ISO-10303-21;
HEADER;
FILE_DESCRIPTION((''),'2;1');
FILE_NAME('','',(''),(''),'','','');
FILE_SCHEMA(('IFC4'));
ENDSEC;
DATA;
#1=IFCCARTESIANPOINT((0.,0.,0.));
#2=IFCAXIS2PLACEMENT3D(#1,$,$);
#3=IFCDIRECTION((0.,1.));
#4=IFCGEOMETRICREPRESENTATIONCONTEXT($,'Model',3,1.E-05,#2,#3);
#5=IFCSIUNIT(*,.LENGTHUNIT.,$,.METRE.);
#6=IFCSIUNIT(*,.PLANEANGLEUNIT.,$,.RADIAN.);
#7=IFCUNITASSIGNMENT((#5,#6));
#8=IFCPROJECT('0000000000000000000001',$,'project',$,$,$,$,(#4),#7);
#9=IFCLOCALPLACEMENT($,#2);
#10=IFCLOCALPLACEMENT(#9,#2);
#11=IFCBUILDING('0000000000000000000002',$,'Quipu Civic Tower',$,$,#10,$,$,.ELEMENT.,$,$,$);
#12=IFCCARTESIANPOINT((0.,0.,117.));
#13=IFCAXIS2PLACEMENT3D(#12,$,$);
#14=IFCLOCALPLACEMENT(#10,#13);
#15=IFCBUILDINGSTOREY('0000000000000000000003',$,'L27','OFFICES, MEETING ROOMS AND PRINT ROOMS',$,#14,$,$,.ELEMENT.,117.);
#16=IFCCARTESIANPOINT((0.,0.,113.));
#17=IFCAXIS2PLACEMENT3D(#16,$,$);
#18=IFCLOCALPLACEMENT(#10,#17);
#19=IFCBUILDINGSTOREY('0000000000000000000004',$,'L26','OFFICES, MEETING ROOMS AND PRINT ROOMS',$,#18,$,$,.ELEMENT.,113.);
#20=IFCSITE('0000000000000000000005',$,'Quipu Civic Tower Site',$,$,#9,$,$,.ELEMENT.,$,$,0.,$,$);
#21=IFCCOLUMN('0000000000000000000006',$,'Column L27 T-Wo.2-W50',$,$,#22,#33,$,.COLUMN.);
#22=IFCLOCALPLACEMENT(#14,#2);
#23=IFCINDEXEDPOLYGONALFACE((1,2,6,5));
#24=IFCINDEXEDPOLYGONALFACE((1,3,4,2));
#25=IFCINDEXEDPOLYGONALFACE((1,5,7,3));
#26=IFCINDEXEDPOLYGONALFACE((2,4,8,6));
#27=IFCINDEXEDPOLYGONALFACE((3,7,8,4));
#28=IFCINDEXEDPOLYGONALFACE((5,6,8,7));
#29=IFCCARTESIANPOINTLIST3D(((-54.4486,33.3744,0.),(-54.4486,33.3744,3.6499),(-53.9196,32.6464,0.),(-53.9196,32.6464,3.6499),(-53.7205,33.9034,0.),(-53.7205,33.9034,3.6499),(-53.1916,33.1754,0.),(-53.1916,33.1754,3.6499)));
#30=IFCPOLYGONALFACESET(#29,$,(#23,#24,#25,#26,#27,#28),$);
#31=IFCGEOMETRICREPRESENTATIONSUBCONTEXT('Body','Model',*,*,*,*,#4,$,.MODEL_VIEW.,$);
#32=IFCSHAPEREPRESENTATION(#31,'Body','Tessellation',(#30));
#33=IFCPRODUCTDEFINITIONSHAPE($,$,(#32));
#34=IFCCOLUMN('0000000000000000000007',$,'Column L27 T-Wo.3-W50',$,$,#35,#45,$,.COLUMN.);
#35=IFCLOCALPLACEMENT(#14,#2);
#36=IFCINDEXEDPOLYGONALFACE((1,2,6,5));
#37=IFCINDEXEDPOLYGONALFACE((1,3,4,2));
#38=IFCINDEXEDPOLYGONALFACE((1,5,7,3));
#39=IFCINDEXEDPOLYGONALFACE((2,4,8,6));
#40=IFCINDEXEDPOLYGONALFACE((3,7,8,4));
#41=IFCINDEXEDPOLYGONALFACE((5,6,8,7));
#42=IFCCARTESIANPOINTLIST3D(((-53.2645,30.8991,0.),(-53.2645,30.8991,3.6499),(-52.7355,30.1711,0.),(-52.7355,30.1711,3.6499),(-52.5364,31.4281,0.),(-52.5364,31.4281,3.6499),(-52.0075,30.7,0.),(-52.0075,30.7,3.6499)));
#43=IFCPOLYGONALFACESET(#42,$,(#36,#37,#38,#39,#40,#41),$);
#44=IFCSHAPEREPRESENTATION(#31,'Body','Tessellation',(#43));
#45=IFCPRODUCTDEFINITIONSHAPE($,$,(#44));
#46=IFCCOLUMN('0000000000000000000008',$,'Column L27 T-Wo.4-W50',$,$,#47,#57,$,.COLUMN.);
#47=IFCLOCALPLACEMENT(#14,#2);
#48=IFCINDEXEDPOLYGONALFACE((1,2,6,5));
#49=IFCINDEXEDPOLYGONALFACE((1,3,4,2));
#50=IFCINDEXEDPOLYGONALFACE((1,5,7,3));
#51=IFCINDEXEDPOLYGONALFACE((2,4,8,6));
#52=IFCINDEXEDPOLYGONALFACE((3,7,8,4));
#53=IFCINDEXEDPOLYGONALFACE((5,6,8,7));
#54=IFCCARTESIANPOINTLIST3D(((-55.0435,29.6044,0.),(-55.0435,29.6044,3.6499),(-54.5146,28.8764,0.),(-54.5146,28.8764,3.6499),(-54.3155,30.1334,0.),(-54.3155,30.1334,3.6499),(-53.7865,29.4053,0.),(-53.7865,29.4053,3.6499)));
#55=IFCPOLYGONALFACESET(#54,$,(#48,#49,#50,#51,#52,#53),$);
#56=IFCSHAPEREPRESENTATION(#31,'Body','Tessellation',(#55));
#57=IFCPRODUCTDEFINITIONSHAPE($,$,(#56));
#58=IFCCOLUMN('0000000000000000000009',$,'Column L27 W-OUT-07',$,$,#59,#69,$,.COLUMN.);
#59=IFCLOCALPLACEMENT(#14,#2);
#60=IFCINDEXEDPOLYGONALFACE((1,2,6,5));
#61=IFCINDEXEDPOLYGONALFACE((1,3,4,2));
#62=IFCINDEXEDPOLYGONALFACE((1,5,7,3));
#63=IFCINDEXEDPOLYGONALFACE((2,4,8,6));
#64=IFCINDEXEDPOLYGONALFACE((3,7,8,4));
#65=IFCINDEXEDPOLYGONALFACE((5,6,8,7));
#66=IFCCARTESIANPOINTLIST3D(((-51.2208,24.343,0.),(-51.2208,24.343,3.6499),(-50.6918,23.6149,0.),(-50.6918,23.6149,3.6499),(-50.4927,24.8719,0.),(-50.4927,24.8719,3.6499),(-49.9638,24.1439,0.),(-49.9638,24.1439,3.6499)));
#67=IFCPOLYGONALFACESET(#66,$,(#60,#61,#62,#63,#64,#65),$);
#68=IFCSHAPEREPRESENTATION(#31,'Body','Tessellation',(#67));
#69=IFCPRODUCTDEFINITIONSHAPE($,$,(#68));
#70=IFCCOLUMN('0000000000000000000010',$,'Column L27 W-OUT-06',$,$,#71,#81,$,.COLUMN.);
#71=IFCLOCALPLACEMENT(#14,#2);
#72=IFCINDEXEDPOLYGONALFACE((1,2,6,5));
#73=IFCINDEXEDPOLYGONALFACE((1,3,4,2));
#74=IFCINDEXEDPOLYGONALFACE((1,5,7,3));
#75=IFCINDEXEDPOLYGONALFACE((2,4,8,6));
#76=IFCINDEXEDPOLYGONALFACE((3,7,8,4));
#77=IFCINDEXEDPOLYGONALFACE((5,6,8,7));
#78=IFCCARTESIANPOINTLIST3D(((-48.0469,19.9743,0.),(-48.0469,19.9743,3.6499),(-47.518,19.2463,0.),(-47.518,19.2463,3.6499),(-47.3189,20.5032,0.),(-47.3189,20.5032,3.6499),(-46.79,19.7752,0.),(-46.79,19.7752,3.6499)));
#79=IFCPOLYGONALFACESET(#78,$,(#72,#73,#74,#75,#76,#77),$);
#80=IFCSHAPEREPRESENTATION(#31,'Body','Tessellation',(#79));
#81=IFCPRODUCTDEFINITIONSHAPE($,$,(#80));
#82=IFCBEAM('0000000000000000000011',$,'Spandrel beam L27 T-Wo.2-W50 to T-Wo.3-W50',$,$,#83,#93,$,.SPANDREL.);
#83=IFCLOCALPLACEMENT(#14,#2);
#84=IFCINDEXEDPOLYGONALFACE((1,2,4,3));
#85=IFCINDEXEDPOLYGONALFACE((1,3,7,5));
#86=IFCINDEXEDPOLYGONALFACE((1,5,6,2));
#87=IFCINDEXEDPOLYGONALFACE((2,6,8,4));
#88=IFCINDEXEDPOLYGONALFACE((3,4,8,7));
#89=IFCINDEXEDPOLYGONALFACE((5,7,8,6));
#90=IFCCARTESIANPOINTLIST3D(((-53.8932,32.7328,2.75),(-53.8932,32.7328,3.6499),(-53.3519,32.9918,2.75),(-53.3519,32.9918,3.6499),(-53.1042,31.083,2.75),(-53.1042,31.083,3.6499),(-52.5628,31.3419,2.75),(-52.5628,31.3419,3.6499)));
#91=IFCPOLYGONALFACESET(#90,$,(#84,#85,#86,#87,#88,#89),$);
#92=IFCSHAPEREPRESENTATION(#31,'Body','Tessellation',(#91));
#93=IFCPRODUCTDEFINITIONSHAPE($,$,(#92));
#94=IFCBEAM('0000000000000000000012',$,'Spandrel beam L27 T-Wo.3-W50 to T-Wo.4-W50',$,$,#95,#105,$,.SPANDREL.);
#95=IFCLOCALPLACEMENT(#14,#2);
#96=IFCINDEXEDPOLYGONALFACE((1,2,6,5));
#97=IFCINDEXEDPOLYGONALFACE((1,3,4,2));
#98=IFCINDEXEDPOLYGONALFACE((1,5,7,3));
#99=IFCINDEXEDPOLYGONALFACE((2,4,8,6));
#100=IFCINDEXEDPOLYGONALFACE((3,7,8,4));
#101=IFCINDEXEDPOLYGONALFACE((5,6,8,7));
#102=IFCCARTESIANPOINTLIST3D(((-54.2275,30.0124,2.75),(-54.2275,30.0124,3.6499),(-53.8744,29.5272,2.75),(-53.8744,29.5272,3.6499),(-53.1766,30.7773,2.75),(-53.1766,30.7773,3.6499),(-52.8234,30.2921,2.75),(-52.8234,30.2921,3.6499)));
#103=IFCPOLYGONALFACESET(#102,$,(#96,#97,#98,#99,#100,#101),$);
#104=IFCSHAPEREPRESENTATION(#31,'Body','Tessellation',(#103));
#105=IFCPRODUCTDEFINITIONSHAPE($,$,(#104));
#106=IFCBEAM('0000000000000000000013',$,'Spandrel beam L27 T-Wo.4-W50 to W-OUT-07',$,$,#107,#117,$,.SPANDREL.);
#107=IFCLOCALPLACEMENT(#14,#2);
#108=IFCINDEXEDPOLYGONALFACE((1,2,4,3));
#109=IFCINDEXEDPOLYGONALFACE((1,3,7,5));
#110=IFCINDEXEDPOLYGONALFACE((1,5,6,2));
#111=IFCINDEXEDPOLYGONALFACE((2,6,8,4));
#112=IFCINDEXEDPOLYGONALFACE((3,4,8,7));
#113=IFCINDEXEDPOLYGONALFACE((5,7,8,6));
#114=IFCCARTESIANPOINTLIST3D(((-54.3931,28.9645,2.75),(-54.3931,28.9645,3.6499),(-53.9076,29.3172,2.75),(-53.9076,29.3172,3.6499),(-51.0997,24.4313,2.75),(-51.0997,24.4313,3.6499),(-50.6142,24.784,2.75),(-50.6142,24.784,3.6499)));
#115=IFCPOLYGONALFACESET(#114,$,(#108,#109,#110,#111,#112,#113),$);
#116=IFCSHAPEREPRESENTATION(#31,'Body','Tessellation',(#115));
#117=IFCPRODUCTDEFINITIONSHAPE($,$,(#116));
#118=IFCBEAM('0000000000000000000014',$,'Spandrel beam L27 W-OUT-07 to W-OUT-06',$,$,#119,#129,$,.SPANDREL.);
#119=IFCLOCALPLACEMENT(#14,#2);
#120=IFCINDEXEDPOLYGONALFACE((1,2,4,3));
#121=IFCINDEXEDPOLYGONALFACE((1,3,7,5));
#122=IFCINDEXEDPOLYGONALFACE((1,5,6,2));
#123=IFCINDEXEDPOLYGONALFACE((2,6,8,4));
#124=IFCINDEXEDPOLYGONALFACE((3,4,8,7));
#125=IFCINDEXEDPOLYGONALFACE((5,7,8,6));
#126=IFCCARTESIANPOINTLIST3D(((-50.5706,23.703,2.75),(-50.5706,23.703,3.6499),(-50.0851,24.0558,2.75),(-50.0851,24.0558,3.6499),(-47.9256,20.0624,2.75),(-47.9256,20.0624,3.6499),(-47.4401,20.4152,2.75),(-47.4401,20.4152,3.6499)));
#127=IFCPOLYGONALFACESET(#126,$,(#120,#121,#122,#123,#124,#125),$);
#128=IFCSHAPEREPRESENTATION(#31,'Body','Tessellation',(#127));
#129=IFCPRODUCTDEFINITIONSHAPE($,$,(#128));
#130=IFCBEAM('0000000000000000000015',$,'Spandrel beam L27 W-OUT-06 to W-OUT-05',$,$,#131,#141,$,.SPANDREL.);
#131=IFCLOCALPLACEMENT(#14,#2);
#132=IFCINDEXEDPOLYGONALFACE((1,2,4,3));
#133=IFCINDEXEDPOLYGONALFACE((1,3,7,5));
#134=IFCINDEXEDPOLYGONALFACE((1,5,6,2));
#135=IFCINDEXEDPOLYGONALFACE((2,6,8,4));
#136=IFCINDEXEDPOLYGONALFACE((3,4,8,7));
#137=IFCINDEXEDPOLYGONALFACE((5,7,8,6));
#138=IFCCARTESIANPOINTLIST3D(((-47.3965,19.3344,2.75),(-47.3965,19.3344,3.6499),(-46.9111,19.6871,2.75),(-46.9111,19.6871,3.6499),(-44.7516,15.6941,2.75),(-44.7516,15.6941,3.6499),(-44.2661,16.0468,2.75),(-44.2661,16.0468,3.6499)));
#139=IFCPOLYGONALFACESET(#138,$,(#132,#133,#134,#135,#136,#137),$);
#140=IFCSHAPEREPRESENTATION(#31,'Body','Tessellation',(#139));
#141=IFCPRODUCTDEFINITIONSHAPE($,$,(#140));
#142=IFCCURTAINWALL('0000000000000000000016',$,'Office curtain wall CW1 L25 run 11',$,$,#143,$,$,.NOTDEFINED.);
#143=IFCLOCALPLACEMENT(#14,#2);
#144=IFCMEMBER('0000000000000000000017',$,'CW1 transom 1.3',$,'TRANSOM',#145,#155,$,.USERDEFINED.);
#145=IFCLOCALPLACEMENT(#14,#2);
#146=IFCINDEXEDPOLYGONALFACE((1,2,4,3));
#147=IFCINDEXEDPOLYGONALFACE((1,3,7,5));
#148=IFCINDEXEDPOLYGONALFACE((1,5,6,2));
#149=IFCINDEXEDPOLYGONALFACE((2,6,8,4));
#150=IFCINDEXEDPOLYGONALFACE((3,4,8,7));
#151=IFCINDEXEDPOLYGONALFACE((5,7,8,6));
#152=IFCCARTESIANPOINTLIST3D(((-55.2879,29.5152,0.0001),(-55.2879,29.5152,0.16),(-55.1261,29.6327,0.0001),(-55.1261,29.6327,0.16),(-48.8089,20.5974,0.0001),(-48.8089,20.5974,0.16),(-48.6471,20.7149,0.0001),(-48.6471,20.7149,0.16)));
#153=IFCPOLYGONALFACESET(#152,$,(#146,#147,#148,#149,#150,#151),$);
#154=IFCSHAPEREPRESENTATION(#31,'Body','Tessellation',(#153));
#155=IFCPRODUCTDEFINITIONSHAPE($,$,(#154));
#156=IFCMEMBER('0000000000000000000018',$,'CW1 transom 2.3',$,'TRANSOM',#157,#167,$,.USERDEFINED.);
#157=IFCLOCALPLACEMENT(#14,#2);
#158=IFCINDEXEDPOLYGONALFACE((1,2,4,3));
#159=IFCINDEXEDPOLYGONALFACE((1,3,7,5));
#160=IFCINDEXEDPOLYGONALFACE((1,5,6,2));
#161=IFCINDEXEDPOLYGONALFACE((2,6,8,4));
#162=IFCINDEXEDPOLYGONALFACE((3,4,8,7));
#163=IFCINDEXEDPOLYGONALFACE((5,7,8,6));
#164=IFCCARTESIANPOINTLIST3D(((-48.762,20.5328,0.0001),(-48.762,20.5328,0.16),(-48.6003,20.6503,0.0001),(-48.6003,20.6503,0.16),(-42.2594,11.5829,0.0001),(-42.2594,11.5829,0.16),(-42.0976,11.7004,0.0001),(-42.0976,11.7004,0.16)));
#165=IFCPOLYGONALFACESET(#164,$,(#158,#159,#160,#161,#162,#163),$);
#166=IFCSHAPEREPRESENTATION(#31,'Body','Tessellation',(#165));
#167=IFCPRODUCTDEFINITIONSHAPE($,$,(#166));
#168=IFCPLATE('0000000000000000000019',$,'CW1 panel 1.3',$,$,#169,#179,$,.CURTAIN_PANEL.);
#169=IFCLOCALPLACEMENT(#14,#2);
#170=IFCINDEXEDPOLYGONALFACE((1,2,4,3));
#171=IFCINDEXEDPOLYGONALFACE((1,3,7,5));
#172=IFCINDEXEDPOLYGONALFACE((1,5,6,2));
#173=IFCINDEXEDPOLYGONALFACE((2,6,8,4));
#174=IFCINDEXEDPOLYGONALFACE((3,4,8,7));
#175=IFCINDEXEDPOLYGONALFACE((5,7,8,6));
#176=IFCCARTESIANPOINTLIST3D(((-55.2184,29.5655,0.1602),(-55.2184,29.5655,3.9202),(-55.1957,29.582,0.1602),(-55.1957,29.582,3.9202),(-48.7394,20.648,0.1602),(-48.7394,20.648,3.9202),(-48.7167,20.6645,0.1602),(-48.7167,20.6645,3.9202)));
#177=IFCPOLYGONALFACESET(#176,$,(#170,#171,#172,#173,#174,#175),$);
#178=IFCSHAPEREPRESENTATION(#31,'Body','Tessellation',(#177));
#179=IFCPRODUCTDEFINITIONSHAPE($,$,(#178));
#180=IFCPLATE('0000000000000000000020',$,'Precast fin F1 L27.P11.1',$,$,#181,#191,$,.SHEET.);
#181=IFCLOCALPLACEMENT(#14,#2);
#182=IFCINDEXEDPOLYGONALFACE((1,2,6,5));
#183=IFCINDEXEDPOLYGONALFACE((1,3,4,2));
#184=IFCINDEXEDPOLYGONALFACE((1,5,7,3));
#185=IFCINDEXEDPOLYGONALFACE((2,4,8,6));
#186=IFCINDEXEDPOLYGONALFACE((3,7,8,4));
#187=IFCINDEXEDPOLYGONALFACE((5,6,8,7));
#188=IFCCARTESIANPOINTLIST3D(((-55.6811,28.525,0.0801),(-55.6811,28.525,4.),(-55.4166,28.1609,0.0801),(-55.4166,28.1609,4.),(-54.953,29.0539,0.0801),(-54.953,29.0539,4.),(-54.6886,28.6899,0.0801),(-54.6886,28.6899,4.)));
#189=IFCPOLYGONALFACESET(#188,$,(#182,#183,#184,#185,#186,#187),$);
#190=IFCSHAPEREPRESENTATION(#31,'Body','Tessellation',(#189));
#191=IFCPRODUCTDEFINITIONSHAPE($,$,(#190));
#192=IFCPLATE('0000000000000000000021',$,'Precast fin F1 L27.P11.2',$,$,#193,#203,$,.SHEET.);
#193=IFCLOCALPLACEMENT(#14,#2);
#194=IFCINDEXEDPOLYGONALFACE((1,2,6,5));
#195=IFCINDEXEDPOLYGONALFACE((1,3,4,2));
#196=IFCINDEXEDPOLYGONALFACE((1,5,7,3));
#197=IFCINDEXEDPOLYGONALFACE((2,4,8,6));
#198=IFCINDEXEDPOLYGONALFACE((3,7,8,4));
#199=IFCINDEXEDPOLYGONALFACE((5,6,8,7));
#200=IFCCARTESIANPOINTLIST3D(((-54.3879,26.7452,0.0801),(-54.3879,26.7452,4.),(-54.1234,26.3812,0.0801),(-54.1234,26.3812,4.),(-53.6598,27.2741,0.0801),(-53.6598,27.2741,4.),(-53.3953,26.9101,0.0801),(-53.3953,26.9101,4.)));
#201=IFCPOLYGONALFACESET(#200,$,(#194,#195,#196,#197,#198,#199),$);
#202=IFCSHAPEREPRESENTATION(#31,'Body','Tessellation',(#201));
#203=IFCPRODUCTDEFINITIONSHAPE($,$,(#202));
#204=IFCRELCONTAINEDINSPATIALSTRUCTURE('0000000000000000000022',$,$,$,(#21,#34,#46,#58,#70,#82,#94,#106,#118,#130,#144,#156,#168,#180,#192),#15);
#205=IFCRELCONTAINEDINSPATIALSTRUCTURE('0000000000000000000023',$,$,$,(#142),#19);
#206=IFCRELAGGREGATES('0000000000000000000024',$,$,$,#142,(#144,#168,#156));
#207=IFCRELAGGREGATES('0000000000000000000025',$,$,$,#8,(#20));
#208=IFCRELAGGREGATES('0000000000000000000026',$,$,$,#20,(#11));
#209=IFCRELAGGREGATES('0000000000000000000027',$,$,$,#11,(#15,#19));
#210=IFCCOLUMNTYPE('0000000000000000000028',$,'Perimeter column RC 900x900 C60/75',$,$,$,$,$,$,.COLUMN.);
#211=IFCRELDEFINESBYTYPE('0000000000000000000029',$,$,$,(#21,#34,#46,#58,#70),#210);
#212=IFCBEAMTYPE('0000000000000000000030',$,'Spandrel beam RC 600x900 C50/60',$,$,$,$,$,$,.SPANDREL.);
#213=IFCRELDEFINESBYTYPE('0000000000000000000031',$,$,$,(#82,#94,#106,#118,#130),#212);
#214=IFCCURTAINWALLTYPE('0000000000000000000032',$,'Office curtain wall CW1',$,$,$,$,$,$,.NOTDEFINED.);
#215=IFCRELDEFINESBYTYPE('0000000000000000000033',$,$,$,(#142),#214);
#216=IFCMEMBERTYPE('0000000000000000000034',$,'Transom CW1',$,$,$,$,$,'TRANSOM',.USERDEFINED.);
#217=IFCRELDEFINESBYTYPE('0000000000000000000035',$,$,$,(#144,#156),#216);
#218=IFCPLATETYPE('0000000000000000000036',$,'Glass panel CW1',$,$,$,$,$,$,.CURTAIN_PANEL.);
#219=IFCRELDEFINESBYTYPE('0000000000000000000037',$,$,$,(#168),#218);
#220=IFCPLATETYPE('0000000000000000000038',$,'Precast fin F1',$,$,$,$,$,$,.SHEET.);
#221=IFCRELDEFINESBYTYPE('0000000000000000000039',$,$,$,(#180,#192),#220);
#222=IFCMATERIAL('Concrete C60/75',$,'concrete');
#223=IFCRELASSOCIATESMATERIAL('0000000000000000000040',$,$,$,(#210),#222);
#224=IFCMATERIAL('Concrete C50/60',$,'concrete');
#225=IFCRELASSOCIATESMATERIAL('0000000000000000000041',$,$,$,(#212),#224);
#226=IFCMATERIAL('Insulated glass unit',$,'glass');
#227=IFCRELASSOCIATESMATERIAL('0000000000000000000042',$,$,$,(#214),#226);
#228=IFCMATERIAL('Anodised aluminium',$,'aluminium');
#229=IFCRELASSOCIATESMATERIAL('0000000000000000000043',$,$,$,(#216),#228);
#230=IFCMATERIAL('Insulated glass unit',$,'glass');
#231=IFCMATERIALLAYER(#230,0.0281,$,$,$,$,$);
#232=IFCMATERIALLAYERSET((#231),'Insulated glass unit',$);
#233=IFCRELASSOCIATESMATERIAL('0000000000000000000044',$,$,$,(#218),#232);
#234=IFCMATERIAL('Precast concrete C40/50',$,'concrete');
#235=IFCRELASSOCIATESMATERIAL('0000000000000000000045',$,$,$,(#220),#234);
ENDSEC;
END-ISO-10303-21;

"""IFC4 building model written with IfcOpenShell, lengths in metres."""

from ifc_helpers import new_model, si_unit, direction, frame, origin, origin_2d, place, context, subcontext, project, spatial, rectangle, extrude, material, layer, layer_set, material_profile, profile_set, type_object, element, aggregate, save


model = new_model("IFC4")

# Units and contexts
model_context = context("Model", 3, precision=1e-05, world=origin(), true_north=direction((0.0, 1.0)))
body_context = subcontext(model_context, "Body", "Model", "MODEL_VIEW")
ifc_project = project(units=[si_unit("LENGTHUNIT", "METRE"), si_unit("PLANEANGLEUNIT", "RADIAN")], contexts=[model_context])

# Site, building, storey
site_placement = place(None, origin())
site = spatial("IfcSite", under=ifc_project, at=site_placement, Name="Quipu Civic Tower Site", CompositionType="ELEMENT", RefElevation=0.0)
building_placement = place(site_placement, origin())
building = spatial("IfcBuilding", under=site, at=building_placement, Name="Quipu Civic Tower", CompositionType="ELEMENT")
storey_1_placement = place(building_placement, frame((0.0, 0.0, 117.0)))
storey_1 = spatial("IfcBuildingStorey", under=building, at=storey_1_placement, Name="L27", Description="OFFICES, MEETING ROOMS AND PRINT ROOMS", CompositionType="ELEMENT", Elevation=117.0)

# Columns
ifc_material_1 = material(Name="Concrete C60/75", Category="concrete")
ifc_material_profile_1 = material_profile(ifc_material_1, rectangle(XDim=0.8999, YDim=0.8999, at=origin_2d()), Name="RC900x900")
ifc_profile_set_1 = profile_set([ifc_material_profile_1], Name="Concrete C60/75")
column_type = type_object("IfcColumnType", Name="Perimeter column RC 900x900 C60/75", PredefinedType="COLUMN", material=ifc_profile_set_1)
for number, where, z_axis, x_axis, name in (
    (1, (-53.8201, 33.2749, 0.0), (0.0, 0.0, 1.0), (0.587785, -0.809017, 0.0), "Column L27 T-Wo.2-W50"),
    (2, (-52.636, 30.7996, 0.0), (0.0, 0.0, 1.0), (-0.809017, -0.587785, 0.0), "Column L27 T-Wo.3-W50"),
    (3, (-54.415, 29.5049, 0.0), (0.0, 0.0, 1.0), (0.587785, -0.809017, 0.0), "Column L27 T-Wo.4-W50"),
    (4, (-50.5923, 24.2434, 0.0), (0.0, 0.0, 1.0), (0.587785, -0.809017, 0.0), "Column L27 W-OUT-07"),
    (5, (-47.4185, 19.8748, 0.0), (0.0, 0.0, 1.0), (0.587785, -0.809017, 0.0), "Column L27 W-OUT-06"),
):
    element("IfcColumn", number, at=place(storey_1_placement, frame(where, z_axis=z_axis, x_axis=x_axis)), inside=storey_1, type_object=column_type, Name=name, PredefinedType="COLUMN", context=body_context, shape_type="SweptSolid", body=[
        extrude(rectangle(XDim=0.8999, YDim=0.8999, at=origin_2d()), origin(), (0.0, 0.0, 1.0), 3.6499),
    ])

# Beams
ifc_material_2 = material(Name="Concrete C50/60", Category="concrete")
ifc_material_profile_2 = material_profile(ifc_material_2, rectangle(XDim=0.6001, YDim=0.8999, at=origin_2d()), Name="RC600x900")
ifc_profile_set_2 = profile_set([ifc_material_profile_2], Name="Concrete C50/60")
beam_type = type_object("IfcBeamType", Name="Spandrel beam RC 600x900 C50/60", PredefinedType="SPANDREL", material=ifc_profile_set_2)
beam_1_placement = place(storey_1_placement, frame((-53.6226, 32.8623, 3.2), z_axis=(0.431446, -0.902139, 0.0), x_axis=(0.902139, 0.431446, 0.0)))
element("IfcBeam", 6, at=beam_1_placement, inside=storey_1, type_object=beam_type, Name="Spandrel beam L27 T-Wo.2-W50 to T-Wo.3-W50", PredefinedType="SPANDREL", context=body_context, shape_type="SweptSolid", body=[
    extrude(rectangle(XDim=0.6001, YDim=0.8999, at=origin_2d()), origin(), (0.0, 0.0, 1.0), 1.8289),
])
beam_2_placement = place(storey_1_placement, frame((-53.0, 30.5347, 3.2), z_axis=(-0.808549, -0.588429, 0.0), x_axis=(0.588429, -0.808549, 0.0)))
element("IfcBeam", 7, at=beam_2_placement, inside=storey_1, type_object=beam_type, Name="Spandrel beam L27 T-Wo.3-W50 to T-Wo.4-W50", PredefinedType="SPANDREL", context=body_context, shape_type="SweptSolid", body=[
    extrude(rectangle(XDim=0.6001, YDim=0.8999, at=origin_2d()), origin(), (0.0, 0.0, 1.0), 1.2998),
])
beam_3_placement = place(storey_1_placement, frame((-54.1504, 29.1409, 3.2), z_axis=(0.587773, -0.809026, 0.0), x_axis=(0.809026, 0.587773, 0.0)))
element("IfcBeam", 8, at=beam_3_placement, inside=storey_1, type_object=beam_type, Name="Spandrel beam L27 T-Wo.4-W50 to W-OUT-07", PredefinedType="SPANDREL", context=body_context, shape_type="SweptSolid", body=[
    extrude(rectangle(XDim=0.6001, YDim=0.8999, at=origin_2d()), origin(), (0.0, 0.0, 1.0), 5.6033),
])
beam_4_placement = place(storey_1_placement, frame((-50.3279, 23.8794, 3.2), z_axis=(0.587778, -0.809022, 0.0), x_axis=(0.809022, 0.587778, 0.0)))
element("IfcBeam", 9, at=beam_4_placement, inside=storey_1, type_object=beam_type, Name="Spandrel beam L27 W-OUT-07 to W-OUT-06", PredefinedType="SPANDREL", context=body_context, shape_type="SweptSolid", body=[
    extrude(rectangle(XDim=0.6001, YDim=0.8999, at=origin_2d()), origin(), (0.0, 0.0, 1.0), 4.5),
])
beam_5_placement = place(storey_1_placement, frame((-47.1538, 19.5107, 3.2), z_axis=(0.587804, -0.809003, 0.0), x_axis=(0.809003, 0.587804, 0.0)))
element("IfcBeam", 10, at=beam_5_placement, inside=storey_1, type_object=beam_type, Name="Spandrel beam L27 W-OUT-06 to W-OUT-05", PredefinedType="SPANDREL", context=body_context, shape_type="SweptSolid", body=[
    extrude(rectangle(XDim=0.6001, YDim=0.8999, at=origin_2d()), origin(), (0.0, 0.0, 1.0), 4.4998),
])

# Shared definitions
storey_2_placement = place(building_placement, frame((0.0, 0.0, 113.0)))
storey_2 = spatial("IfcBuildingStorey", under=building, at=storey_2_placement, Name="L26", Description="OFFICES, MEETING ROOMS AND PRINT ROOMS", CompositionType="ELEMENT", Elevation=113.0)

# Curtain wall, members, plate
ifc_material_3 = material(Name="Insulated glass unit", Category="glass")
curtain_wall_type = type_object("IfcCurtainWallType", Name="Office curtain wall CW1", PredefinedType="NOTDEFINED", material=ifc_material_3)
curtain_wall_placement = place(storey_2_placement, origin())
curtain_wall = element("IfcCurtainWall", 11, at=curtain_wall_placement, inside=storey_2, type_object=curtain_wall_type, Name="Office curtain wall CW1 L25 run 11", PredefinedType="NOTDEFINED")
ifc_material_4 = material(Name="Anodised aluminium", Category="aluminium")
ifc_material_profile_3 = material_profile(ifc_material_4, rectangle(XDim=0.2, YDim=0.1599, at=origin_2d()), Name="RECT 200x160")
ifc_profile_set_3 = profile_set([ifc_material_profile_3], Name="Anodised aluminium")
member_type = type_object("IfcMemberType", Name="Transom CW1", ElementType="TRANSOM", PredefinedType="USERDEFINED", material=ifc_profile_set_3)
member_1_placement = place(storey_1_placement, frame((-55.207, 29.574, 0.0801), z_axis=(0.587779, -0.809021, 0.0), x_axis=(0.809021, 0.587779, 0.0)))
member_1 = element("IfcMember", 12, at=member_1_placement, inside=storey_1, type_object=member_type, Name="CW1 transom 1.3", ObjectType="TRANSOM", PredefinedType="USERDEFINED", context=body_context, shape_type="SweptSolid", body=[
    extrude(rectangle(XDim=0.2, YDim=0.1599, at=origin_2d()), origin(), (0.0, 0.0, 1.0), 11.0229),
])
member_2_placement = place(storey_1_placement, frame((-48.6812, 20.5916, 0.0801), z_axis=(0.587795, -0.80901, 0.0), x_axis=(0.80901, 0.587795, 0.0)))
member_2 = element("IfcMember", 13, at=member_2_placement, inside=storey_1, type_object=member_type, Name="CW1 transom 2.3", ObjectType="TRANSOM", PredefinedType="USERDEFINED", context=body_context, shape_type="SweptSolid", body=[
    extrude(rectangle(XDim=0.2, YDim=0.1599, at=origin_2d()), origin(), (0.0, 0.0, 1.0), 11.0627),
])
ifc_material_5 = material(Name="Insulated glass unit", Category="glass")
ifc_layer_1 = layer(ifc_material_5, 0.0281)
ifc_layer_set_1 = layer_set([ifc_layer_1], Name="Insulated glass unit")
plate_type_1 = type_object("IfcPlateType", Name="Glass panel CW1", PredefinedType="CURTAIN_PANEL", material=ifc_layer_set_1)
plate_placement = place(storey_1_placement, frame((-51.9675, 25.115, 0.1602), z_axis=(0.0, 0.0, 1.0), x_axis=(0.587786, -0.809017, 0.0)))
plate = element("IfcPlate", 14, at=plate_placement, inside=storey_1, type_object=plate_type_1, Name="CW1 panel 1.3", PredefinedType="CURTAIN_PANEL", context=body_context, shape_type="SweptSolid", body=[
    extrude(rectangle(XDim=11.0227, YDim=0.0281, at=origin_2d()), origin(), (0.0, 0.0, 1.0), 3.76),
])
aggregate(curtain_wall, [member_1, plate, member_2])

# Plates
ifc_material_6 = material(Name="Precast concrete C40/50", Category="concrete")
plate_type_2 = type_object("IfcPlateType", Name="Precast fin F1", PredefinedType="SHEET", material=ifc_material_6)
for number, where, z_axis, x_axis, name in (
    (15, (-55.1848, 28.6074, 0.0801), (0.0, 0.0, 1.0), (0.587786, -0.809017, 0.0), "Precast fin F1 L27.P11.1"),
    (16, (-53.8916, 26.8276, 0.0801), (0.0, 0.0, 1.0), (0.587786, -0.809017, 0.0), "Precast fin F1 L27.P11.2"),
):
    element("IfcPlate", number, at=place(storey_1_placement, frame(where, z_axis=z_axis, x_axis=x_axis)), inside=storey_1, type_object=plate_type_2, Name=name, PredefinedType="SHEET", context=body_context, shape_type="SweptSolid", body=[
        extrude(rectangle(XDim=0.45, YDim=0.8999, at=origin_2d()), origin(), (0.0, 0.0, 1.0), 3.9199),
    ])

save(model, "model.ifc")
